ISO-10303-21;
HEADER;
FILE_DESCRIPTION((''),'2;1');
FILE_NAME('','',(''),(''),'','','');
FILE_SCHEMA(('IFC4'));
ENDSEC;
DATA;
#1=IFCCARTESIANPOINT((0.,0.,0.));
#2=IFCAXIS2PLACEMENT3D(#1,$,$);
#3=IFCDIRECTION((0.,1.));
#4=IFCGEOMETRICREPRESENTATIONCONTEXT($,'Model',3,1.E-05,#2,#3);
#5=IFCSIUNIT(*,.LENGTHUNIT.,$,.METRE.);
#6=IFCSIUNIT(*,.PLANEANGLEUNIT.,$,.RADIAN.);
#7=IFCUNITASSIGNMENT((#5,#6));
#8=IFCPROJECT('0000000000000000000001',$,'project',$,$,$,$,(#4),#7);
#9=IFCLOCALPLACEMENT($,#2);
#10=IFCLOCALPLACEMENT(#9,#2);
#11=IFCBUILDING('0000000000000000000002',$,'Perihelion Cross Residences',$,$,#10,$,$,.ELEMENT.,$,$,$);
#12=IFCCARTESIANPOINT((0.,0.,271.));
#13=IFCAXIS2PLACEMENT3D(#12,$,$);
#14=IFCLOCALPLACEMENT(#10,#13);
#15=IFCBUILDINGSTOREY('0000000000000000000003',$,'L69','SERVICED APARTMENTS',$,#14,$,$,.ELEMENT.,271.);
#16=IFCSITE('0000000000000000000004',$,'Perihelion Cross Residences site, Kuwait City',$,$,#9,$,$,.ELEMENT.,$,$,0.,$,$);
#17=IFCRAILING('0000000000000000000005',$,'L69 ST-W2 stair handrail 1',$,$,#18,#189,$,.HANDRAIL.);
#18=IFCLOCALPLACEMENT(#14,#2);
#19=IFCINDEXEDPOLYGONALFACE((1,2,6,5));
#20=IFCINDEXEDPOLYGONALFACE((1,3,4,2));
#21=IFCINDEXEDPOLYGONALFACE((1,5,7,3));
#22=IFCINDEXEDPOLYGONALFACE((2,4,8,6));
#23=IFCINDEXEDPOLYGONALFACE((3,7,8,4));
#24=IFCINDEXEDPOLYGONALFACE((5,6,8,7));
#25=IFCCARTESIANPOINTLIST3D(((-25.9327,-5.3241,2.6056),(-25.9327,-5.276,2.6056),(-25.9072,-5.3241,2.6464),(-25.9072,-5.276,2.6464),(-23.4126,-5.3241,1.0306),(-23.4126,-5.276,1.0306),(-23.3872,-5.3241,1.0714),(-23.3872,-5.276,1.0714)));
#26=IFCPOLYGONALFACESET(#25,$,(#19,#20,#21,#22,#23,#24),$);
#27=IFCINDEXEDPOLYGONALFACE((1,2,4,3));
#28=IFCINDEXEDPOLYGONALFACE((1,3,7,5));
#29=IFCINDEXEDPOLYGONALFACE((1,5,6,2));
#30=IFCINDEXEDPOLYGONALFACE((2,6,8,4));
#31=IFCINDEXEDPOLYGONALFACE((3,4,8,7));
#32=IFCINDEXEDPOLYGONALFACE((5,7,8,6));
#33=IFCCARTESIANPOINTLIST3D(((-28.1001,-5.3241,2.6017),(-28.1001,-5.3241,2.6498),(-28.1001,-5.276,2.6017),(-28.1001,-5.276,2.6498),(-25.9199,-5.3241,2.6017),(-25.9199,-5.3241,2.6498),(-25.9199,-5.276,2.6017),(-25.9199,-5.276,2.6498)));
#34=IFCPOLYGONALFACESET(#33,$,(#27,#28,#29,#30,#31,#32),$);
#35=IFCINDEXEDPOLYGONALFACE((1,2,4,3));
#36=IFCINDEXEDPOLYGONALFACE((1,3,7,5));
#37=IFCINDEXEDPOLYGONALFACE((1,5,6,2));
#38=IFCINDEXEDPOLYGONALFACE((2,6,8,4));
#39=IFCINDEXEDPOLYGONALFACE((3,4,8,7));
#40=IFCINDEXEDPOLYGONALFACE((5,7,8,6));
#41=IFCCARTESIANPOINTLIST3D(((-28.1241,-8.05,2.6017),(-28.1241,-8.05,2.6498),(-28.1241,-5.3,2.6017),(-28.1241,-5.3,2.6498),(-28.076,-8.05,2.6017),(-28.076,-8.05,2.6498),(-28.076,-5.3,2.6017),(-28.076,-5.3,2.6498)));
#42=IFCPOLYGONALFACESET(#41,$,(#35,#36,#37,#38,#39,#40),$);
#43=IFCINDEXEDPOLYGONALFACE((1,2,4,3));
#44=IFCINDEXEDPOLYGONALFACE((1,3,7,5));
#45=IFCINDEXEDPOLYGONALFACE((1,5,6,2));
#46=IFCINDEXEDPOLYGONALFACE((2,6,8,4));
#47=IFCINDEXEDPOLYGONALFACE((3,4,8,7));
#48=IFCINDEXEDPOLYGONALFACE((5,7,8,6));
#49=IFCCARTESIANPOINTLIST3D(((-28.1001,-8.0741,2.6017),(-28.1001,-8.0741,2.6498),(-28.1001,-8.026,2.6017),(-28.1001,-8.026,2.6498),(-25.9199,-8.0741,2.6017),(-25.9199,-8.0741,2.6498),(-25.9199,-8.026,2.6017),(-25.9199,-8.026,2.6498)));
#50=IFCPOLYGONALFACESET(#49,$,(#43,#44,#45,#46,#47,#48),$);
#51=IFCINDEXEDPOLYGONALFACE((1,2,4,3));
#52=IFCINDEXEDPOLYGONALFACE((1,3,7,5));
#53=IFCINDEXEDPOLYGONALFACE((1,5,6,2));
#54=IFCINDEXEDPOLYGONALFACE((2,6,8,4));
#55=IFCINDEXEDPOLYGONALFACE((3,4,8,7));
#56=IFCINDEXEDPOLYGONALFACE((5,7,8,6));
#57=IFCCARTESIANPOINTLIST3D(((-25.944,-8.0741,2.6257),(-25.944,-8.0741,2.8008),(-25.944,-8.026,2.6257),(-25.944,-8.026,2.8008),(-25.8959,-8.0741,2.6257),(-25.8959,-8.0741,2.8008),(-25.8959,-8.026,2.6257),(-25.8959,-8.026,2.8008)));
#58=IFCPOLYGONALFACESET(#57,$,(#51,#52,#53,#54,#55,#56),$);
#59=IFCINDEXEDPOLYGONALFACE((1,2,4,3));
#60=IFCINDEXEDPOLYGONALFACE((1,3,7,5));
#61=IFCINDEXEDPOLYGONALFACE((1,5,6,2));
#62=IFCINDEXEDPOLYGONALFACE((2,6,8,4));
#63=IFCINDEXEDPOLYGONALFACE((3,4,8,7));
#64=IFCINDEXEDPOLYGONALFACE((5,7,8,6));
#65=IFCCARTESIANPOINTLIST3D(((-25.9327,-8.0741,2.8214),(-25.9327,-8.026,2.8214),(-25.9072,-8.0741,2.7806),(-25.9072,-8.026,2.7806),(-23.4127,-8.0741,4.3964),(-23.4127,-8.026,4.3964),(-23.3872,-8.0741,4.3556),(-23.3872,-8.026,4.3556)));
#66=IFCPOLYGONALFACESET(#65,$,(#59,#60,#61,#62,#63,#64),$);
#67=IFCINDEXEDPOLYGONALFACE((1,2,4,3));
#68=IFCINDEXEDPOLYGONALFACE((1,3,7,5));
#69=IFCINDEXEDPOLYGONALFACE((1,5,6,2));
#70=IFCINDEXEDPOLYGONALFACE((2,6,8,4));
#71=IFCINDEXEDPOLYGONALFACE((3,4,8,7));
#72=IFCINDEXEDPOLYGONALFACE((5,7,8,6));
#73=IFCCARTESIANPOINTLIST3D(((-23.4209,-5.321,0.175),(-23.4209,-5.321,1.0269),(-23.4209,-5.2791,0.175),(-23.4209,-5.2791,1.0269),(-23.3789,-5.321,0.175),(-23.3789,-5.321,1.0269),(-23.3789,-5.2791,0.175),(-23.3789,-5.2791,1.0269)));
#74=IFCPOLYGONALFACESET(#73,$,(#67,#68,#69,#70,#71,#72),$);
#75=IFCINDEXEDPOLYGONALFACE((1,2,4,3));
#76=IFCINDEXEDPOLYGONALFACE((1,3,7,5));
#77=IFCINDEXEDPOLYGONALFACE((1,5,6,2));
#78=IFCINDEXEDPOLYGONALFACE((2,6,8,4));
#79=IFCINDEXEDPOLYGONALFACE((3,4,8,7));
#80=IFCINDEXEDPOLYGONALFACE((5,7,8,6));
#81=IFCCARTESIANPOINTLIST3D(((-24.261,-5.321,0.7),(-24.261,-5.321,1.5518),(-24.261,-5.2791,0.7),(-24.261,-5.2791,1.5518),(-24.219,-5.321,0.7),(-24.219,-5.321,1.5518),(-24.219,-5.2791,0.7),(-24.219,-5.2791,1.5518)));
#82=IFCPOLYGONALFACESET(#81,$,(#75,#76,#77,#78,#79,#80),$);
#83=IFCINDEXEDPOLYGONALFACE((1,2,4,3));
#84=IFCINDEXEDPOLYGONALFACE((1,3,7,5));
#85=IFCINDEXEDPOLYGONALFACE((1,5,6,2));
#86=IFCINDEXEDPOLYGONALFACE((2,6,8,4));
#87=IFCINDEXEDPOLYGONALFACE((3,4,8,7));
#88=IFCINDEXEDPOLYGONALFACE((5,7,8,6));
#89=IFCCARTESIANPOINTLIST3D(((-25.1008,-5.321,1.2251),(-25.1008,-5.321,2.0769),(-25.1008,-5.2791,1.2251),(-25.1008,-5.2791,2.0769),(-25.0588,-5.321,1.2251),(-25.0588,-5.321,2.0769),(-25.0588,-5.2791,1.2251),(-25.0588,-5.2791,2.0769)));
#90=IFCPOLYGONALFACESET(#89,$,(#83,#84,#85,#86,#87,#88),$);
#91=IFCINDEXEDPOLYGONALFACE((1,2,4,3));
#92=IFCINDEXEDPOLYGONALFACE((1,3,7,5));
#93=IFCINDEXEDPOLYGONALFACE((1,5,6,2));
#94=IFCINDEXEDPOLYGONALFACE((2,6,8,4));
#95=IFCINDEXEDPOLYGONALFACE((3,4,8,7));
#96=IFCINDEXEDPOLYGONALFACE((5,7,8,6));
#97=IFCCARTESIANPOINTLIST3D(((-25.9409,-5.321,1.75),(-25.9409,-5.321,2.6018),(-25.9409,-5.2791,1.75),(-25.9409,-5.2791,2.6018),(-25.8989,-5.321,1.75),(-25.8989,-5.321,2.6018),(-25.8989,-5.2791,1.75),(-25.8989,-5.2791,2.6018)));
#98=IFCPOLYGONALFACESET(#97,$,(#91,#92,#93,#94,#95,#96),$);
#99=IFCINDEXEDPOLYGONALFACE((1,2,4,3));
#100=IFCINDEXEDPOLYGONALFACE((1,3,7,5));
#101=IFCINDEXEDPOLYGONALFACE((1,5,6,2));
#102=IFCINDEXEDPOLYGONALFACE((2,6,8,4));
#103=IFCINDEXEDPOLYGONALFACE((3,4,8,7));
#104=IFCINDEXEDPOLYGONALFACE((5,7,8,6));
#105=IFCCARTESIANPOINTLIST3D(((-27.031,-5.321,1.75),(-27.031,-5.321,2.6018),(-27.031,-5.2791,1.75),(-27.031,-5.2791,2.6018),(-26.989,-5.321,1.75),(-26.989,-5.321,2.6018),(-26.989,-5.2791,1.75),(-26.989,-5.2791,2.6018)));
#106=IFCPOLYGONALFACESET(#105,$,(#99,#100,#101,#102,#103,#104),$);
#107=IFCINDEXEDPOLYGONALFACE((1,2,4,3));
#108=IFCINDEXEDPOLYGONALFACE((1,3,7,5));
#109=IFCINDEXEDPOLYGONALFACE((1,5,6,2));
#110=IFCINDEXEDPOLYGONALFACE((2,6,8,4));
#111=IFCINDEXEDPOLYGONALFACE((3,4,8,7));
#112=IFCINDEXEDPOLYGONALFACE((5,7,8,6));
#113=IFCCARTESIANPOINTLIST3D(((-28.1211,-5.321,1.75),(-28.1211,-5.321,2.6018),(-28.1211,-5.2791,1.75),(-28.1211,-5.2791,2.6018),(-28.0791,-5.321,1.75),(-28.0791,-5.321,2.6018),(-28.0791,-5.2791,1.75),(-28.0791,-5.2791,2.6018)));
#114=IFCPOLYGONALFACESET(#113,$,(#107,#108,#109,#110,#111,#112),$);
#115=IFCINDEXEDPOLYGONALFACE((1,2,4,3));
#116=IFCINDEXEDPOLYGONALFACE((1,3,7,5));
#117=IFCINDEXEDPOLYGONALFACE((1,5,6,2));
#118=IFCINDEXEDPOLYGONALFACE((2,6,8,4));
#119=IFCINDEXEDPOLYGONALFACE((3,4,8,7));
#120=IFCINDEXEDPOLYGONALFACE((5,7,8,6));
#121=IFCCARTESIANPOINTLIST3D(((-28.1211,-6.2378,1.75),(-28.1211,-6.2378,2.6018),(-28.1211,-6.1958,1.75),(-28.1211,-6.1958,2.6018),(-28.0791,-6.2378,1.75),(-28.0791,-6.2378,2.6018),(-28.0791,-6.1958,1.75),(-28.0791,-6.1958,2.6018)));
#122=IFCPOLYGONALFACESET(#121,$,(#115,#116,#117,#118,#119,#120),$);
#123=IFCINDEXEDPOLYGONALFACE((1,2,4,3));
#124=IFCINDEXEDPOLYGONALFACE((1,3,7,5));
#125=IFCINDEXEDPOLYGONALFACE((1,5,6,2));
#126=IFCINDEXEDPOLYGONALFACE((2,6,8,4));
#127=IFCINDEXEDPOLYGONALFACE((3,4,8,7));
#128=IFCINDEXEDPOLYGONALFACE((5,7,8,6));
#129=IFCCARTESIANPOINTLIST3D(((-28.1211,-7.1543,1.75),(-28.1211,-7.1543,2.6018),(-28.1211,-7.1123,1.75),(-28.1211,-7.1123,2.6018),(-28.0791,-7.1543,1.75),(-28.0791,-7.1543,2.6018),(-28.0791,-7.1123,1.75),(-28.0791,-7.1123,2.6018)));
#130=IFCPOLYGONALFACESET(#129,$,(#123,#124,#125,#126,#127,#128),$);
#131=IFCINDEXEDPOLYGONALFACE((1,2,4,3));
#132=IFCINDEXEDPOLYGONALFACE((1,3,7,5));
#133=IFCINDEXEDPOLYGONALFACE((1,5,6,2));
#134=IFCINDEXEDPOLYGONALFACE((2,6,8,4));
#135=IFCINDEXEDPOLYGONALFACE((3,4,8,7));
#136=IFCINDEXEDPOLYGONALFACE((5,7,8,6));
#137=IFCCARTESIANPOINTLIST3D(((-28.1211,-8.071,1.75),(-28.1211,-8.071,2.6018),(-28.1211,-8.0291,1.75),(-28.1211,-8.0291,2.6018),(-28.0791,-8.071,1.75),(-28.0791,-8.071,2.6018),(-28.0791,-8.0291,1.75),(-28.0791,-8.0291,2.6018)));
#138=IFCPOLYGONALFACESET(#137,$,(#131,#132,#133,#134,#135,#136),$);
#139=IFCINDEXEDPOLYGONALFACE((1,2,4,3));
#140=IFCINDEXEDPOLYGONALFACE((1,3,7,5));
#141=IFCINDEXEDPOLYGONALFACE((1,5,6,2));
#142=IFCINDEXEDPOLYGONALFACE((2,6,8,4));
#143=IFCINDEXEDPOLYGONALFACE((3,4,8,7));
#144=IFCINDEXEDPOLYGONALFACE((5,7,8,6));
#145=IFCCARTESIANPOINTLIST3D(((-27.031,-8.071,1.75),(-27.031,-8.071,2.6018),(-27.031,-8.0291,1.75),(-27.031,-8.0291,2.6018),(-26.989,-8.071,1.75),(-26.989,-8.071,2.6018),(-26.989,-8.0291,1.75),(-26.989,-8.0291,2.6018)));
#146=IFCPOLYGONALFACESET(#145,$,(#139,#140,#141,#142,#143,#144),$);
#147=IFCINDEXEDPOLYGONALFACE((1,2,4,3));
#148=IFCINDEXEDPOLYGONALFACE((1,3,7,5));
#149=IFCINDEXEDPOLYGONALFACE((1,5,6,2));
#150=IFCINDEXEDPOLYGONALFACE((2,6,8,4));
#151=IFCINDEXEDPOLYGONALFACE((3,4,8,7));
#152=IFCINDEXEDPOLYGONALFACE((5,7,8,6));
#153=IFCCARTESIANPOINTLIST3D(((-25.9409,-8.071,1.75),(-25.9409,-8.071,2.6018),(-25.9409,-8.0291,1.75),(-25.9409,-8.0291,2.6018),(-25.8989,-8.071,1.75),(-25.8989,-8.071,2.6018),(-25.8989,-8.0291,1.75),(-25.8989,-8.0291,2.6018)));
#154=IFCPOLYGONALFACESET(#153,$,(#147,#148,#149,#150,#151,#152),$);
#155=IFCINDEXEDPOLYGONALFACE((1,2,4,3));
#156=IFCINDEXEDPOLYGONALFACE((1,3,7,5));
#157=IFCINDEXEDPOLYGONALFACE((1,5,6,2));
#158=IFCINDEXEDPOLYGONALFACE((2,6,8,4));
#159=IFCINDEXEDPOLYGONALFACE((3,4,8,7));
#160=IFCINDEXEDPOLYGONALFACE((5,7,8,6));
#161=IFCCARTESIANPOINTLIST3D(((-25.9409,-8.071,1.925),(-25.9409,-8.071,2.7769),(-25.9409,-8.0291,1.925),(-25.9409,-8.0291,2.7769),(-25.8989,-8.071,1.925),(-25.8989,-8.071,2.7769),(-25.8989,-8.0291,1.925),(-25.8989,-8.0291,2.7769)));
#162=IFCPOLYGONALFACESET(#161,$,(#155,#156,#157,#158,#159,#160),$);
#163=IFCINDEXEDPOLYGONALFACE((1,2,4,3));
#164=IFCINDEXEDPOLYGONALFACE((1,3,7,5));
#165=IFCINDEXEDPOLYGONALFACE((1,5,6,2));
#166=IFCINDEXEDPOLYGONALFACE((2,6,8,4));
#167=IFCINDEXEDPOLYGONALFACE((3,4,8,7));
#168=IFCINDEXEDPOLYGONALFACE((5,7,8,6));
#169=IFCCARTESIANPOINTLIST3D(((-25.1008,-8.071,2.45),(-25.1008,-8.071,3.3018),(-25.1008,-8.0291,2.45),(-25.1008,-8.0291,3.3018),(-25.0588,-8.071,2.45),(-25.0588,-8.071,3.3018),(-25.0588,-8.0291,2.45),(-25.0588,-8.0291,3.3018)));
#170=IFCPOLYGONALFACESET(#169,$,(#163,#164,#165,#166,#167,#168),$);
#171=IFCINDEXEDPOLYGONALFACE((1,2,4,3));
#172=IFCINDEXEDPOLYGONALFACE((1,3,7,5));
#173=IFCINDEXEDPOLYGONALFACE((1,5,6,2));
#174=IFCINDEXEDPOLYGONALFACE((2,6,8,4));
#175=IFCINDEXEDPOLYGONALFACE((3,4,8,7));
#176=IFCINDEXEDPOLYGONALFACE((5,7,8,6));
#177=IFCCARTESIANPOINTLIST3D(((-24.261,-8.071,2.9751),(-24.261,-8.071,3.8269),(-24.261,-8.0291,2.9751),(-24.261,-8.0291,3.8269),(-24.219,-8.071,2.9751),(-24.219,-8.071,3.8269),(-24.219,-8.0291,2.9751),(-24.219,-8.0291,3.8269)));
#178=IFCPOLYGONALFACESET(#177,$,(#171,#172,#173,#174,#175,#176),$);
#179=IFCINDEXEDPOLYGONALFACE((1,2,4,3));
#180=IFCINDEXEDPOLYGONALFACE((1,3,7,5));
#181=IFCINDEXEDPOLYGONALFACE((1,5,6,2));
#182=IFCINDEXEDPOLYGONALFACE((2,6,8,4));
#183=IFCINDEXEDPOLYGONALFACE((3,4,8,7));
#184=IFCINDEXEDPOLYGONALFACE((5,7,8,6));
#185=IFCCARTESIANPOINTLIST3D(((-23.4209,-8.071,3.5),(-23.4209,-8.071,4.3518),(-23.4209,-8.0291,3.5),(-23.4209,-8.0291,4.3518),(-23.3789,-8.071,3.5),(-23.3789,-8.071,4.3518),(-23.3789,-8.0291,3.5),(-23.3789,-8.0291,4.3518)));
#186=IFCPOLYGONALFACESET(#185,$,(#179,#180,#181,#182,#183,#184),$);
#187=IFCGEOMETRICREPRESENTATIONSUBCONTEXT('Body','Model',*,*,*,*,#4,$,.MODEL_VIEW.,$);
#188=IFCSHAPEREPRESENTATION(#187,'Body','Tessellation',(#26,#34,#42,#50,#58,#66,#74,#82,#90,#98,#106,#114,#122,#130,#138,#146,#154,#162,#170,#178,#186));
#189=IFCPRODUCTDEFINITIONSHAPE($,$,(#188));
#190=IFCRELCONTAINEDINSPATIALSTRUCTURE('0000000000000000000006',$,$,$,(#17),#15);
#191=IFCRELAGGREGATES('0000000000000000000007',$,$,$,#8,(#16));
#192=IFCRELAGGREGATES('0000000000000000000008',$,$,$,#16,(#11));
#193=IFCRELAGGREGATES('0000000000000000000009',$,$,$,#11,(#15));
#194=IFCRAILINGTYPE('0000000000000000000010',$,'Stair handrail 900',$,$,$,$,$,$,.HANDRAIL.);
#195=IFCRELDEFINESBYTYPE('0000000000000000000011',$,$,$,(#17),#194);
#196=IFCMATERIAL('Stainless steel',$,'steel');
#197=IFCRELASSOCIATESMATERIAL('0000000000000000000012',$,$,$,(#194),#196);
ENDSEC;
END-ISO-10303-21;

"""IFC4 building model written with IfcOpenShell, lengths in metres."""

from ifc_helpers import new_model, si_unit, direction, frame, origin, origin_2d, place, context, subcontext, project, spatial, rectangle, extrude, material, type_object, element, save


model = new_model("IFC4")

# Units and contexts
model_context = context("Model", 3, precision=1e-05, world=origin(), true_north=direction((0.0, 1.0)))
body_context = subcontext(model_context, "Body", "Model", "MODEL_VIEW")
ifc_project = project(units=[si_unit("LENGTHUNIT", "METRE"), si_unit("PLANEANGLEUNIT", "RADIAN")], contexts=[model_context])

# Site, building, storey
site_placement = place(None, origin())
site = spatial("IfcSite", under=ifc_project, at=site_placement, Name="Perihelion Cross Residences site, Kuwait City", CompositionType="ELEMENT", RefElevation=0.0)
building_placement = place(site_placement, origin())
building = spatial("IfcBuilding", under=site, at=building_placement, Name="Perihelion Cross Residences", CompositionType="ELEMENT")
storey_placement = place(building_placement, frame((0.0, 0.0, 271.0)))
storey = spatial("IfcBuildingStorey", under=building, at=storey_placement, Name="L69", Description="SERVICED APARTMENTS", CompositionType="ELEMENT", Elevation=271.0)

# Railing
ifc_material_1 = material(Name="Stainless steel", Category="steel")
railing_type_1 = type_object("IfcRailingType", Name="Stair handrail 900", PredefinedType="HANDRAIL", material=ifc_material_1)
railing_1_placement = place(storey_placement, frame((-23.3999, -5.3, 0.175)))
element("IfcRailing", 1, at=railing_1_placement, inside=storey, type_object=railing_type_1, Name="L69 ST-W2 stair handrail 1", PredefinedType="HANDRAIL", context=body_context, shape_type="SweptSolid", body=[
    extrude(rectangle(XDim=0.0481, YDim=0.0481, at=origin_2d()), frame((0.0, 0.0, 0.876), z_axis=(-0.848008, 0.0, 0.529984), x_axis=(0.0, -1.0, 0.0)), (0.0, 0.0, 1.0), 2.9717),
    extrude(rectangle(XDim=0.0481, YDim=0.0481, at=origin_2d()), frame((-2.52, 0.0, 2.4507), z_axis=(-1.0, 0.0, 0.0), x_axis=(0.0, -1.0, 0.0)), (0.0, 0.0, 1.0), 2.1802),
    extrude(rectangle(XDim=0.0481, YDim=0.0481, at=origin_2d()), frame((-4.7002, 0.0, 2.4507), z_axis=(0.0, -1.0, 0.0), x_axis=(1.0, 0.0, 0.0)), (0.0, 0.0, 1.0), 2.75),
    extrude(rectangle(XDim=0.0481, YDim=0.0481, at=origin_2d()), frame((-4.7002, -2.75, 2.4507), z_axis=(1.0, 0.0, 0.0), x_axis=(0.0, 1.0, 0.0)), (0.0, 0.0, 1.0), 2.1802),
    extrude(rectangle(XDim=0.0481, YDim=0.0481, at=origin_2d()), frame((-2.52, -2.75, 2.4507), z_axis=(0.0, 0.0, 1.0), x_axis=(1.0, 0.0, 0.0)), (0.0, 0.0, 1.0), 0.175),
    extrude(rectangle(XDim=0.0481, YDim=0.0481, at=origin_2d()), frame((-2.52, -2.75, 2.626), z_axis=(0.848008, 0.0, 0.529984), x_axis=(0.0, 1.0, 0.0)), (0.0, 0.0, 1.0), 2.9717),
    extrude(rectangle(XDim=0.042, YDim=0.042, at=origin_2d()), origin(), (0.0, 0.0, 1.0), 0.8518),
    extrude(rectangle(XDim=0.042, YDim=0.042, at=origin_2d()), frame((-0.8401, 0.0, 0.5249)), (0.0, 0.0, 1.0), 0.8518),
    extrude(rectangle(XDim=0.042, YDim=0.042, at=origin_2d()), frame((-1.6799, 0.0, 1.05)), (0.0, 0.0, 1.0), 0.8518),
    extrude(rectangle(XDim=0.042, YDim=0.042, at=origin_2d()), frame((-2.52, 0.0, 1.575)), (0.0, 0.0, 1.0), 0.8518),
    extrude(rectangle(XDim=0.042, YDim=0.042, at=origin_2d()), frame((-3.6101, 0.0, 1.575)), (0.0, 0.0, 1.0), 0.8518),
    extrude(rectangle(XDim=0.042, YDim=0.042, at=origin_2d()), frame((-4.7002, 0.0, 1.575)), (0.0, 0.0, 1.0), 0.8518),
    extrude(rectangle(XDim=0.042, YDim=0.042, at=origin_2d()), frame((-4.7002, -0.9167, 1.575)), (0.0, 0.0, 1.0), 0.8518),
    extrude(rectangle(XDim=0.042, YDim=0.042, at=origin_2d()), frame((-4.7002, -1.8333, 1.575)), (0.0, 0.0, 1.0), 0.8518),
    extrude(rectangle(XDim=0.042, YDim=0.042, at=origin_2d()), frame((-4.7002, -2.75, 1.575)), (0.0, 0.0, 1.0), 0.8518),
    extrude(rectangle(XDim=0.042, YDim=0.042, at=origin_2d()), frame((-3.6101, -2.75, 1.575)), (0.0, 0.0, 1.0), 0.8518),
    extrude(rectangle(XDim=0.042, YDim=0.042, at=origin_2d()), frame((-2.52, -2.75, 1.575)), (0.0, 0.0, 1.0), 0.8518),
    extrude(rectangle(XDim=0.042, YDim=0.042, at=origin_2d()), frame((-2.52, -2.75, 1.75)), (0.0, 0.0, 1.0), 0.8518),
    extrude(rectangle(XDim=0.042, YDim=0.042, at=origin_2d()), frame((-1.6799, -2.75, 2.2749)), (0.0, 0.0, 1.0), 0.8518),
    extrude(rectangle(XDim=0.042, YDim=0.042, at=origin_2d()), frame((-0.8401, -2.75, 2.8)), (0.0, 0.0, 1.0), 0.8518),
    extrude(rectangle(XDim=0.042, YDim=0.042, at=origin_2d()), frame((0.0, -2.75, 3.325)), (0.0, 0.0, 1.0), 0.8518),
])

save(model, "model.ifc")
